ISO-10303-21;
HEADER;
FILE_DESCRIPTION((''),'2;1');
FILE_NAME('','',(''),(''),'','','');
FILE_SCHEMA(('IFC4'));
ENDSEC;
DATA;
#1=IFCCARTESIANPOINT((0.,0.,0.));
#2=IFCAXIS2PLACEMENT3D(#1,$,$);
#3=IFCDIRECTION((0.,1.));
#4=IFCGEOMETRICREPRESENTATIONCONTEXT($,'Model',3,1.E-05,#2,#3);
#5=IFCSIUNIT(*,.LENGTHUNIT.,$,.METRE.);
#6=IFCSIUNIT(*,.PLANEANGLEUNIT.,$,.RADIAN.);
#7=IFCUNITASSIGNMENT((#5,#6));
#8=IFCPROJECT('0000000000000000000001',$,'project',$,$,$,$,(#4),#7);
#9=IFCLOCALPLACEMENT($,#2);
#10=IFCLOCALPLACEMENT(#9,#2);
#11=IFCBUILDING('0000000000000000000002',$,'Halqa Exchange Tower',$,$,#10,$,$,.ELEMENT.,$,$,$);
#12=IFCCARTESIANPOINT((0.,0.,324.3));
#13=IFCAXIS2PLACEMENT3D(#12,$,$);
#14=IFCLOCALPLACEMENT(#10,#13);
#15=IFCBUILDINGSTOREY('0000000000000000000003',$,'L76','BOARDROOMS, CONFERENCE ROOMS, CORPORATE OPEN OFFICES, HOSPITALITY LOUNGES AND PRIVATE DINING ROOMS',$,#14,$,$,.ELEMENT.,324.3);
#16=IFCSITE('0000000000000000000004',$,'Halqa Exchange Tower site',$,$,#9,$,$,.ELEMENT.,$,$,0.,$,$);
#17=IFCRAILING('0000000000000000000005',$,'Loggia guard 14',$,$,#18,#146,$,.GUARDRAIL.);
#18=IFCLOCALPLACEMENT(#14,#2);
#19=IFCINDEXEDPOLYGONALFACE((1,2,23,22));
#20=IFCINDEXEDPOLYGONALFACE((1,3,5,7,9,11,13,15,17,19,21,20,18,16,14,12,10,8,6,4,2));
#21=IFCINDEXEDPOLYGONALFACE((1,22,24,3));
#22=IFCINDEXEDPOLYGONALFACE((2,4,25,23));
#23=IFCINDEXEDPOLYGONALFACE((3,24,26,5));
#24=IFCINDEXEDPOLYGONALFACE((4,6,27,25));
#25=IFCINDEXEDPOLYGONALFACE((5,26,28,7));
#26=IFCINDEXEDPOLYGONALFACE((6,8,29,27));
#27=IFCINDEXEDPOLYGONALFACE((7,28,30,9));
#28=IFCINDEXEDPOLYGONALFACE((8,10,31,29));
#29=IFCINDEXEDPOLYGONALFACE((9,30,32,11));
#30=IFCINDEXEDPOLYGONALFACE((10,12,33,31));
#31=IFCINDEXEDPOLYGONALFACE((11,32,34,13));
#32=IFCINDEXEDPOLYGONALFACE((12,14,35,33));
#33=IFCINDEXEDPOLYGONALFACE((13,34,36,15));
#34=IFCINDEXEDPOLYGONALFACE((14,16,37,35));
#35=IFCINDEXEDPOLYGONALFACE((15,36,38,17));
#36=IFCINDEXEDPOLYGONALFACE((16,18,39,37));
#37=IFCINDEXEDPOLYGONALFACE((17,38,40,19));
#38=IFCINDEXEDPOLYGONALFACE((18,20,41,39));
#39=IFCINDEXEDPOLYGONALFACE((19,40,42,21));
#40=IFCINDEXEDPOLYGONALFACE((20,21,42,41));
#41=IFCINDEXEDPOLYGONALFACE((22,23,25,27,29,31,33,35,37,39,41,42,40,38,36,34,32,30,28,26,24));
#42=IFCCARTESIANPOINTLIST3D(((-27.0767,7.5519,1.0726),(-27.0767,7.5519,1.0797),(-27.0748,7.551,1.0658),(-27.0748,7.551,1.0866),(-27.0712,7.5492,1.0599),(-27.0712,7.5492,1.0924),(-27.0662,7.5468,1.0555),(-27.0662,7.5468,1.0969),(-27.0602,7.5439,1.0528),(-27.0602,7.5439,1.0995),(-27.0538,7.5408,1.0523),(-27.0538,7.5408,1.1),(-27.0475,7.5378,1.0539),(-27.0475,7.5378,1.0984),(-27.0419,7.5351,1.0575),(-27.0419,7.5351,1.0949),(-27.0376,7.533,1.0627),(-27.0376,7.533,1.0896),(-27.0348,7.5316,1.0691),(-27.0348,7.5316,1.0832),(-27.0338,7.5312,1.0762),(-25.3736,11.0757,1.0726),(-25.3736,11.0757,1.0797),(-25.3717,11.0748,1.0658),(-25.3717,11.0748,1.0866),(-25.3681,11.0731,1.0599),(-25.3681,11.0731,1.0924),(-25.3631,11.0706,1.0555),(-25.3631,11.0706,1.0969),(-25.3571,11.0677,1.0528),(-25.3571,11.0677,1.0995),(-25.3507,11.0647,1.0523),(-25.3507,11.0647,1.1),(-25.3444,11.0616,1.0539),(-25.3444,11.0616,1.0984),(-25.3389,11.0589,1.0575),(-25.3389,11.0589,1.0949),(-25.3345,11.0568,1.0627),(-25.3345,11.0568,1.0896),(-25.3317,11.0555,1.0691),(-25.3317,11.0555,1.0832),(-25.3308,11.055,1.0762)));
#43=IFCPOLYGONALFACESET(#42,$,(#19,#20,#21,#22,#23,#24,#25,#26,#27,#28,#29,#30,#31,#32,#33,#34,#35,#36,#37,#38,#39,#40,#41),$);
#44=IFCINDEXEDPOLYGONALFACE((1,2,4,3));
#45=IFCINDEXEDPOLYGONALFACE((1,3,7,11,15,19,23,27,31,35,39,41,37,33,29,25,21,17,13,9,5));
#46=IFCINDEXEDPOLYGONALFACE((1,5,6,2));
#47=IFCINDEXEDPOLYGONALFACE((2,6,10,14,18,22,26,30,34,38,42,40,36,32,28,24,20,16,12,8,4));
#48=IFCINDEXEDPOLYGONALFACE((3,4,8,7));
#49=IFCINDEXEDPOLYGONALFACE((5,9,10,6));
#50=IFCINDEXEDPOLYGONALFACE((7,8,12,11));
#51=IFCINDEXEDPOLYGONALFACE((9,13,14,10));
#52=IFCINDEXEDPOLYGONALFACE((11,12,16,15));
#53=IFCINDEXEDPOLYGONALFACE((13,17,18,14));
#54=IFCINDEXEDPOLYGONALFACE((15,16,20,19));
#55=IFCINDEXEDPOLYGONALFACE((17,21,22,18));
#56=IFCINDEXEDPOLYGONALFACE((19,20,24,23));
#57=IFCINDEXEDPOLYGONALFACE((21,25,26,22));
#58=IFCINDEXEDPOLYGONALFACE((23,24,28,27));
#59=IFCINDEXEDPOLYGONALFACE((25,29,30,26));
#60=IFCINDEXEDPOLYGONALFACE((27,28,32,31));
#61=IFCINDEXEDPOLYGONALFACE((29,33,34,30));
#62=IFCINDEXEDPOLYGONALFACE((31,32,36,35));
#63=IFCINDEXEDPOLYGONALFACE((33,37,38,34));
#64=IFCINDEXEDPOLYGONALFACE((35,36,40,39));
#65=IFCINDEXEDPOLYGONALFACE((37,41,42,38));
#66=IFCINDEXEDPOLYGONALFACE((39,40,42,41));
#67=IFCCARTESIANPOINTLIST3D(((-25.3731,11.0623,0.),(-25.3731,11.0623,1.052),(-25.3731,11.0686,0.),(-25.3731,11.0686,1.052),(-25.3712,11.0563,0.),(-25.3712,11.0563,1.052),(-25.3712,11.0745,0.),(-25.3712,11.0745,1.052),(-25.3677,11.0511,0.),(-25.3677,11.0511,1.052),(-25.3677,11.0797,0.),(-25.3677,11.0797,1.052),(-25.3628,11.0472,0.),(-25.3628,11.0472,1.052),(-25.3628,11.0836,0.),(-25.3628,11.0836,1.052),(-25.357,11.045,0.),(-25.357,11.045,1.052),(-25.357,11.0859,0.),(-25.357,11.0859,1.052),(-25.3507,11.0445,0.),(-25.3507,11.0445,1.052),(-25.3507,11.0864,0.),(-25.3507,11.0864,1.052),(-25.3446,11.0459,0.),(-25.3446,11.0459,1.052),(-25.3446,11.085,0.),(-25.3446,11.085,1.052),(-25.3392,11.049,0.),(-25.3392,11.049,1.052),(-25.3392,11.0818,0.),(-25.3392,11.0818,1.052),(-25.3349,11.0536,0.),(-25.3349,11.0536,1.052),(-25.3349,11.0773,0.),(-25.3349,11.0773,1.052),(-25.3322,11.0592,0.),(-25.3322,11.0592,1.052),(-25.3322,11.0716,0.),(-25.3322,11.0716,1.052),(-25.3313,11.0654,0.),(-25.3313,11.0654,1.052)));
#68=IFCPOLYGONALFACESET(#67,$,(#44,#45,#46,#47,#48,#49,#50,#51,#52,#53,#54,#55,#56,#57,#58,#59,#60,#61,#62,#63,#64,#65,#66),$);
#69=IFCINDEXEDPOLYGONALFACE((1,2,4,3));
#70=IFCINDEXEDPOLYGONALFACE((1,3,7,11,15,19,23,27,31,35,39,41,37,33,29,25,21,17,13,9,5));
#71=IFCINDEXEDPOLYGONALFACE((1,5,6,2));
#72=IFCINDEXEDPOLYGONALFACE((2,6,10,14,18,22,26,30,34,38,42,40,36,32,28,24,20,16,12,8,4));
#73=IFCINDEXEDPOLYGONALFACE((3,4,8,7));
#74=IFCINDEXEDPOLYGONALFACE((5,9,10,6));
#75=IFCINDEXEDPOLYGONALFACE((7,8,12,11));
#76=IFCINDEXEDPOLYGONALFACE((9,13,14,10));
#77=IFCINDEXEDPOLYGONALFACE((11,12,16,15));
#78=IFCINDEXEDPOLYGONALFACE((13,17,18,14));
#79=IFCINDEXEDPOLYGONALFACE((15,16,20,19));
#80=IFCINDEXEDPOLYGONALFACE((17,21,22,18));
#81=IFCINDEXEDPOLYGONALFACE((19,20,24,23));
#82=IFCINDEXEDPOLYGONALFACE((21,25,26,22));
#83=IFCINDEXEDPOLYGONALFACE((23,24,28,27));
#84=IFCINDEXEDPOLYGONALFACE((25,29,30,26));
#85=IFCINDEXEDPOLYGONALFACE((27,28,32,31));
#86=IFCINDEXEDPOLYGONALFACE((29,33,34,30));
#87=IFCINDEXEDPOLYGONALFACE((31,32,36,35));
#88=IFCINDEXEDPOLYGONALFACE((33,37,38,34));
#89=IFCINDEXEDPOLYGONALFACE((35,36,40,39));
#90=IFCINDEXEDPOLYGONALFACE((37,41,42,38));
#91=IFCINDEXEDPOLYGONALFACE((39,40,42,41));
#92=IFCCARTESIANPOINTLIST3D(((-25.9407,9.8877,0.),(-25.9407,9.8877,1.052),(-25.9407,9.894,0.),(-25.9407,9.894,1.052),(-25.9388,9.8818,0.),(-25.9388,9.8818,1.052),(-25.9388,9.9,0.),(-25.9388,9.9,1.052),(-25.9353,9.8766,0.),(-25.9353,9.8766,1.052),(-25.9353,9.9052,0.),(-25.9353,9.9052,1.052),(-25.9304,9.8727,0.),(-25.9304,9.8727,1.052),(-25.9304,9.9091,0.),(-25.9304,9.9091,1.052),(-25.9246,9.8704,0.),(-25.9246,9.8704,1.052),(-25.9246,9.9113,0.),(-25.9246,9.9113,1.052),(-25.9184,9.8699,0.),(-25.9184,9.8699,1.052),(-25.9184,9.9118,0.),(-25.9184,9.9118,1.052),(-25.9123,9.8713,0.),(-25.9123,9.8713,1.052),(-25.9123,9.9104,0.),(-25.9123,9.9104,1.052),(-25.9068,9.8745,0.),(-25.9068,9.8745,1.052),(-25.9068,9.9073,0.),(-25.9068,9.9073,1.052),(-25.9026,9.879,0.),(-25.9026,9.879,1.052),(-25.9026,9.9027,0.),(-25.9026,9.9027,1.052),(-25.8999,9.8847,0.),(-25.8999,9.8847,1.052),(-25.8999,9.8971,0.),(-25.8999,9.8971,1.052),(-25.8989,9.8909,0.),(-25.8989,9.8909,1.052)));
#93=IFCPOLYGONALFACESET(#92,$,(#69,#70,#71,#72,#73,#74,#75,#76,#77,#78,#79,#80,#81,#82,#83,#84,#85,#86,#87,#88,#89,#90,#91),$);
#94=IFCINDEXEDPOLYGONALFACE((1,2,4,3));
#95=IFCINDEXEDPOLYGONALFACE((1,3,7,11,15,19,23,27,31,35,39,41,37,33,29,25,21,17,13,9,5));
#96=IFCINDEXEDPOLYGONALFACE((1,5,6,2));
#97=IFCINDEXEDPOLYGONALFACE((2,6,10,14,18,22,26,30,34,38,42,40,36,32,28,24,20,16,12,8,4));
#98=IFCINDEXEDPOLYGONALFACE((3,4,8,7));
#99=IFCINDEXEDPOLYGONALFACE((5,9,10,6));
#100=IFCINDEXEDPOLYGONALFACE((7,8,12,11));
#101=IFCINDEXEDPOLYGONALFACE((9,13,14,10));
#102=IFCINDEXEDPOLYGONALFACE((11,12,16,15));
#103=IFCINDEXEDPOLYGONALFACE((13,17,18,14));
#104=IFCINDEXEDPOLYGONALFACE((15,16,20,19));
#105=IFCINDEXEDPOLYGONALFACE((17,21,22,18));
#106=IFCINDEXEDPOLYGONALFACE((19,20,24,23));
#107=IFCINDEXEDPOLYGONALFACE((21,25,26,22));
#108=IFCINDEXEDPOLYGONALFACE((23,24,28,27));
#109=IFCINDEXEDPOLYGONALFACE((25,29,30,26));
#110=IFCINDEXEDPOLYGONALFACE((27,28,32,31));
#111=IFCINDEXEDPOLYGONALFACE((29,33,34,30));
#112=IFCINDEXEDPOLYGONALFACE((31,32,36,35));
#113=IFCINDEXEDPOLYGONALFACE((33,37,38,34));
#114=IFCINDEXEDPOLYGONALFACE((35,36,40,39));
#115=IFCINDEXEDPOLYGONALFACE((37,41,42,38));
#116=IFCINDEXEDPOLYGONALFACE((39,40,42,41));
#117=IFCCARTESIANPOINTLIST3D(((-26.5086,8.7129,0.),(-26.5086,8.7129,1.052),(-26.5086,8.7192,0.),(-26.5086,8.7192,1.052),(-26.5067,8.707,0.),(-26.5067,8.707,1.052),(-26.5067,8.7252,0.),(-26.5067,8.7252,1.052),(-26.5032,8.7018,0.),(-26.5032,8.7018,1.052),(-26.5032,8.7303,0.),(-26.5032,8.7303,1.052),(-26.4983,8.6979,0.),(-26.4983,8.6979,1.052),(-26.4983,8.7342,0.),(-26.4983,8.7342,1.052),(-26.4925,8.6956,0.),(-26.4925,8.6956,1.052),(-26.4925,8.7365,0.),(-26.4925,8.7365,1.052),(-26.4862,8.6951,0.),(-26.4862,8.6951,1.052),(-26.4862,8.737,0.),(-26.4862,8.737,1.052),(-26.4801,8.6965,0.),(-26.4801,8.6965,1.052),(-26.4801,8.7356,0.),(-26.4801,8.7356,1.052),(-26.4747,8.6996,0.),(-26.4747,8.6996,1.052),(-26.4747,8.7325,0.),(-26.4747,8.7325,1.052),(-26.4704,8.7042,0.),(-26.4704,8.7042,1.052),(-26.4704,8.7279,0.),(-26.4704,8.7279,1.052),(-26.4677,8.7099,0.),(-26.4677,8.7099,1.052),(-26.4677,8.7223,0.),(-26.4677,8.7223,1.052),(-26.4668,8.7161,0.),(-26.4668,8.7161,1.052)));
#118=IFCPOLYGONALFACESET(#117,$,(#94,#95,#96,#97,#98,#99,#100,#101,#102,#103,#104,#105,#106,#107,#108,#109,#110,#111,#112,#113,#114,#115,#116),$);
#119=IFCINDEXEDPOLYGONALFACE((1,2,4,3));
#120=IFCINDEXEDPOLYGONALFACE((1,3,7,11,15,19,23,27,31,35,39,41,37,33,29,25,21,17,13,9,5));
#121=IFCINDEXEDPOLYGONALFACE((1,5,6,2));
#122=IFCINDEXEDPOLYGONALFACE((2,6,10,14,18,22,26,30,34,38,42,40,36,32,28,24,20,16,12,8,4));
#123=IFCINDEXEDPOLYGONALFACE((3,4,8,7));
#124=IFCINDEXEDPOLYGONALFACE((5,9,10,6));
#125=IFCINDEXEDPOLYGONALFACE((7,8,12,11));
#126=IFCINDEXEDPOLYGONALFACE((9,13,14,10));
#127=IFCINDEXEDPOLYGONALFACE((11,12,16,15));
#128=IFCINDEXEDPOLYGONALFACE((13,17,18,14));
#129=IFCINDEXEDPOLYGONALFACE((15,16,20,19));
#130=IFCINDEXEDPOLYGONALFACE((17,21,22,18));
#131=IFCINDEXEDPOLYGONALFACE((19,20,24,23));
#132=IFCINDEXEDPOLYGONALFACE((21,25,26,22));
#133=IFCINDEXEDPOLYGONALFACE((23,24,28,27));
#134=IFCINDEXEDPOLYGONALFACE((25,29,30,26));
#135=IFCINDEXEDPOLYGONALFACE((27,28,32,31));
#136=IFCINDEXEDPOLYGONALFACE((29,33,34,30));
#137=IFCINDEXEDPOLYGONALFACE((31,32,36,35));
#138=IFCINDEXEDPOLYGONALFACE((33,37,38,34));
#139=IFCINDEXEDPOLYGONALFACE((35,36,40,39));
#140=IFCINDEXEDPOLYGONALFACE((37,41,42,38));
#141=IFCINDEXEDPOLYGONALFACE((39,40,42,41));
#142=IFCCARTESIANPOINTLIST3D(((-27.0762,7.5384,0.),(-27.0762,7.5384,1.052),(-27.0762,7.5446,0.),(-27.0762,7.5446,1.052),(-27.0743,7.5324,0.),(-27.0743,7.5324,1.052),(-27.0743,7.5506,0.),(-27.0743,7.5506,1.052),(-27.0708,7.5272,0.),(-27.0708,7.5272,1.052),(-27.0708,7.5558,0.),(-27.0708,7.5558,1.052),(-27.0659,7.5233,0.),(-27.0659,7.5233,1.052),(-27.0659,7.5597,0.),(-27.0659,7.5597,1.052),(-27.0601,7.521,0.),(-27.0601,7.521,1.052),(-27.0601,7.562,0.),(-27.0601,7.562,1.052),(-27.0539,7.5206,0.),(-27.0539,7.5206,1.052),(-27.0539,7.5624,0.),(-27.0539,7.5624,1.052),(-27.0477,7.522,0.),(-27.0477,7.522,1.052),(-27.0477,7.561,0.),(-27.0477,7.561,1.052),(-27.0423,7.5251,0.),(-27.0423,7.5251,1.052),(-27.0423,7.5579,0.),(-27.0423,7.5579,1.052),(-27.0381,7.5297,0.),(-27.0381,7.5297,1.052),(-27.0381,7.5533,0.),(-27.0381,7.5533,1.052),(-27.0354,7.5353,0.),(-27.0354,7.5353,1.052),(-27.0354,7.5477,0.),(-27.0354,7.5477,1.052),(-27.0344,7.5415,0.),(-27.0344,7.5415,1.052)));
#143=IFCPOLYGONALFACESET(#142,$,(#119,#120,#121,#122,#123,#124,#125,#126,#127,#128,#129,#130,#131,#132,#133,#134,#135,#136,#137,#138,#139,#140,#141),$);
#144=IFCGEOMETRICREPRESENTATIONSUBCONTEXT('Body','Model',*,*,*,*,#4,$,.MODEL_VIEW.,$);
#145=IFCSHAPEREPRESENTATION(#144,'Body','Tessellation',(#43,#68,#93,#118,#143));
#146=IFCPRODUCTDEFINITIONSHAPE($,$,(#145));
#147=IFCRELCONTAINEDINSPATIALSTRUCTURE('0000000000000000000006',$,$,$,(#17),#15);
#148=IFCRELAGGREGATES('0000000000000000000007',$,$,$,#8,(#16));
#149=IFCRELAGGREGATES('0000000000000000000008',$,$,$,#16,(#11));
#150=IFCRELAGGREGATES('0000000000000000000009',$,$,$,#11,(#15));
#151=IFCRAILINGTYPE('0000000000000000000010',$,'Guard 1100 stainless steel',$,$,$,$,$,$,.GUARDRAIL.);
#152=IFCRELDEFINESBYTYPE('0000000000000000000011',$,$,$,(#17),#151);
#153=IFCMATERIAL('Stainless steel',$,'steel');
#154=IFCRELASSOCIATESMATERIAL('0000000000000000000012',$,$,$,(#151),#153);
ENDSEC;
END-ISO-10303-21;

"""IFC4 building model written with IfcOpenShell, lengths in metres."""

from ifc_helpers import new_model, si_unit, direction, frame, origin, origin_2d, place, context, subcontext, project, spatial, circle, extrude, material, type_object, element, save


model = new_model("IFC4")

# Units and contexts
model_context = context("Model", 3, precision=1e-05, world=origin(), true_north=direction((0.0, 1.0)))
body_context = subcontext(model_context, "Body", "Model", "MODEL_VIEW")
ifc_project = project(units=[si_unit("LENGTHUNIT", "METRE"), si_unit("PLANEANGLEUNIT", "RADIAN")], contexts=[model_context])

# Site, building, storey
site_placement = place(None, origin())
site = spatial("IfcSite", under=ifc_project, at=site_placement, Name="Halqa Exchange Tower site", CompositionType="ELEMENT", RefElevation=0.0)
building_placement = place(site_placement, origin())
building = spatial("IfcBuilding", under=site, at=building_placement, Name="Halqa Exchange Tower", CompositionType="ELEMENT")
storey_placement = place(building_placement, frame((0.0, 0.0, 324.3)))
storey = spatial("IfcBuildingStorey", under=building, at=storey_placement, Name="L76", Description="BOARDROOMS, CONFERENCE ROOMS, CORPORATE OPEN OFFICES, HOSPITALITY LOUNGES AND PRIVATE DINING ROOMS", CompositionType="ELEMENT", Elevation=324.3)

# Railing
ifc_material_1 = material(Name="Stainless steel", Category="steel")
railing_type = type_object("IfcRailingType", Name="Guard 1100 stainless steel", PredefinedType="GUARDRAIL", material=ifc_material_1)
railing_1_placement = place(storey_placement, frame((-25.3523, 11.0654, 0.0)))
element("IfcRailing", 1, at=railing_1_placement, inside=storey, type_object=railing_type, Name="Loggia guard 14", PredefinedType="GUARDRAIL", context=body_context, shape_type="SweptSolid", body=[
    extrude(circle(Radius=0.0239, at=origin_2d()), frame((0.0, 0.0, 1.0762), z_axis=(-0.435147, -0.90036, 0.0), x_axis=(0.90036, -0.435147, 0.0)), (0.0, 0.0, 1.0), 3.9138),
    extrude(circle(Radius=0.021, at=origin_2d()), origin(), (0.0, 0.0, 1.0), 1.052),
    extrude(circle(Radius=0.021, at=origin_2d()), frame((-0.5676, -1.1746, 0.0)), (0.0, 0.0, 1.0), 1.052),
    extrude(circle(Radius=0.021, at=origin_2d()), frame((-1.1355, -2.3494, 0.0)), (0.0, 0.0, 1.0), 1.052),
    extrude(circle(Radius=0.021, at=origin_2d()), frame((-1.7031, -3.5239, 0.0)), (0.0, 0.0, 1.0), 1.052),
])

save(model, "model.ifc")
